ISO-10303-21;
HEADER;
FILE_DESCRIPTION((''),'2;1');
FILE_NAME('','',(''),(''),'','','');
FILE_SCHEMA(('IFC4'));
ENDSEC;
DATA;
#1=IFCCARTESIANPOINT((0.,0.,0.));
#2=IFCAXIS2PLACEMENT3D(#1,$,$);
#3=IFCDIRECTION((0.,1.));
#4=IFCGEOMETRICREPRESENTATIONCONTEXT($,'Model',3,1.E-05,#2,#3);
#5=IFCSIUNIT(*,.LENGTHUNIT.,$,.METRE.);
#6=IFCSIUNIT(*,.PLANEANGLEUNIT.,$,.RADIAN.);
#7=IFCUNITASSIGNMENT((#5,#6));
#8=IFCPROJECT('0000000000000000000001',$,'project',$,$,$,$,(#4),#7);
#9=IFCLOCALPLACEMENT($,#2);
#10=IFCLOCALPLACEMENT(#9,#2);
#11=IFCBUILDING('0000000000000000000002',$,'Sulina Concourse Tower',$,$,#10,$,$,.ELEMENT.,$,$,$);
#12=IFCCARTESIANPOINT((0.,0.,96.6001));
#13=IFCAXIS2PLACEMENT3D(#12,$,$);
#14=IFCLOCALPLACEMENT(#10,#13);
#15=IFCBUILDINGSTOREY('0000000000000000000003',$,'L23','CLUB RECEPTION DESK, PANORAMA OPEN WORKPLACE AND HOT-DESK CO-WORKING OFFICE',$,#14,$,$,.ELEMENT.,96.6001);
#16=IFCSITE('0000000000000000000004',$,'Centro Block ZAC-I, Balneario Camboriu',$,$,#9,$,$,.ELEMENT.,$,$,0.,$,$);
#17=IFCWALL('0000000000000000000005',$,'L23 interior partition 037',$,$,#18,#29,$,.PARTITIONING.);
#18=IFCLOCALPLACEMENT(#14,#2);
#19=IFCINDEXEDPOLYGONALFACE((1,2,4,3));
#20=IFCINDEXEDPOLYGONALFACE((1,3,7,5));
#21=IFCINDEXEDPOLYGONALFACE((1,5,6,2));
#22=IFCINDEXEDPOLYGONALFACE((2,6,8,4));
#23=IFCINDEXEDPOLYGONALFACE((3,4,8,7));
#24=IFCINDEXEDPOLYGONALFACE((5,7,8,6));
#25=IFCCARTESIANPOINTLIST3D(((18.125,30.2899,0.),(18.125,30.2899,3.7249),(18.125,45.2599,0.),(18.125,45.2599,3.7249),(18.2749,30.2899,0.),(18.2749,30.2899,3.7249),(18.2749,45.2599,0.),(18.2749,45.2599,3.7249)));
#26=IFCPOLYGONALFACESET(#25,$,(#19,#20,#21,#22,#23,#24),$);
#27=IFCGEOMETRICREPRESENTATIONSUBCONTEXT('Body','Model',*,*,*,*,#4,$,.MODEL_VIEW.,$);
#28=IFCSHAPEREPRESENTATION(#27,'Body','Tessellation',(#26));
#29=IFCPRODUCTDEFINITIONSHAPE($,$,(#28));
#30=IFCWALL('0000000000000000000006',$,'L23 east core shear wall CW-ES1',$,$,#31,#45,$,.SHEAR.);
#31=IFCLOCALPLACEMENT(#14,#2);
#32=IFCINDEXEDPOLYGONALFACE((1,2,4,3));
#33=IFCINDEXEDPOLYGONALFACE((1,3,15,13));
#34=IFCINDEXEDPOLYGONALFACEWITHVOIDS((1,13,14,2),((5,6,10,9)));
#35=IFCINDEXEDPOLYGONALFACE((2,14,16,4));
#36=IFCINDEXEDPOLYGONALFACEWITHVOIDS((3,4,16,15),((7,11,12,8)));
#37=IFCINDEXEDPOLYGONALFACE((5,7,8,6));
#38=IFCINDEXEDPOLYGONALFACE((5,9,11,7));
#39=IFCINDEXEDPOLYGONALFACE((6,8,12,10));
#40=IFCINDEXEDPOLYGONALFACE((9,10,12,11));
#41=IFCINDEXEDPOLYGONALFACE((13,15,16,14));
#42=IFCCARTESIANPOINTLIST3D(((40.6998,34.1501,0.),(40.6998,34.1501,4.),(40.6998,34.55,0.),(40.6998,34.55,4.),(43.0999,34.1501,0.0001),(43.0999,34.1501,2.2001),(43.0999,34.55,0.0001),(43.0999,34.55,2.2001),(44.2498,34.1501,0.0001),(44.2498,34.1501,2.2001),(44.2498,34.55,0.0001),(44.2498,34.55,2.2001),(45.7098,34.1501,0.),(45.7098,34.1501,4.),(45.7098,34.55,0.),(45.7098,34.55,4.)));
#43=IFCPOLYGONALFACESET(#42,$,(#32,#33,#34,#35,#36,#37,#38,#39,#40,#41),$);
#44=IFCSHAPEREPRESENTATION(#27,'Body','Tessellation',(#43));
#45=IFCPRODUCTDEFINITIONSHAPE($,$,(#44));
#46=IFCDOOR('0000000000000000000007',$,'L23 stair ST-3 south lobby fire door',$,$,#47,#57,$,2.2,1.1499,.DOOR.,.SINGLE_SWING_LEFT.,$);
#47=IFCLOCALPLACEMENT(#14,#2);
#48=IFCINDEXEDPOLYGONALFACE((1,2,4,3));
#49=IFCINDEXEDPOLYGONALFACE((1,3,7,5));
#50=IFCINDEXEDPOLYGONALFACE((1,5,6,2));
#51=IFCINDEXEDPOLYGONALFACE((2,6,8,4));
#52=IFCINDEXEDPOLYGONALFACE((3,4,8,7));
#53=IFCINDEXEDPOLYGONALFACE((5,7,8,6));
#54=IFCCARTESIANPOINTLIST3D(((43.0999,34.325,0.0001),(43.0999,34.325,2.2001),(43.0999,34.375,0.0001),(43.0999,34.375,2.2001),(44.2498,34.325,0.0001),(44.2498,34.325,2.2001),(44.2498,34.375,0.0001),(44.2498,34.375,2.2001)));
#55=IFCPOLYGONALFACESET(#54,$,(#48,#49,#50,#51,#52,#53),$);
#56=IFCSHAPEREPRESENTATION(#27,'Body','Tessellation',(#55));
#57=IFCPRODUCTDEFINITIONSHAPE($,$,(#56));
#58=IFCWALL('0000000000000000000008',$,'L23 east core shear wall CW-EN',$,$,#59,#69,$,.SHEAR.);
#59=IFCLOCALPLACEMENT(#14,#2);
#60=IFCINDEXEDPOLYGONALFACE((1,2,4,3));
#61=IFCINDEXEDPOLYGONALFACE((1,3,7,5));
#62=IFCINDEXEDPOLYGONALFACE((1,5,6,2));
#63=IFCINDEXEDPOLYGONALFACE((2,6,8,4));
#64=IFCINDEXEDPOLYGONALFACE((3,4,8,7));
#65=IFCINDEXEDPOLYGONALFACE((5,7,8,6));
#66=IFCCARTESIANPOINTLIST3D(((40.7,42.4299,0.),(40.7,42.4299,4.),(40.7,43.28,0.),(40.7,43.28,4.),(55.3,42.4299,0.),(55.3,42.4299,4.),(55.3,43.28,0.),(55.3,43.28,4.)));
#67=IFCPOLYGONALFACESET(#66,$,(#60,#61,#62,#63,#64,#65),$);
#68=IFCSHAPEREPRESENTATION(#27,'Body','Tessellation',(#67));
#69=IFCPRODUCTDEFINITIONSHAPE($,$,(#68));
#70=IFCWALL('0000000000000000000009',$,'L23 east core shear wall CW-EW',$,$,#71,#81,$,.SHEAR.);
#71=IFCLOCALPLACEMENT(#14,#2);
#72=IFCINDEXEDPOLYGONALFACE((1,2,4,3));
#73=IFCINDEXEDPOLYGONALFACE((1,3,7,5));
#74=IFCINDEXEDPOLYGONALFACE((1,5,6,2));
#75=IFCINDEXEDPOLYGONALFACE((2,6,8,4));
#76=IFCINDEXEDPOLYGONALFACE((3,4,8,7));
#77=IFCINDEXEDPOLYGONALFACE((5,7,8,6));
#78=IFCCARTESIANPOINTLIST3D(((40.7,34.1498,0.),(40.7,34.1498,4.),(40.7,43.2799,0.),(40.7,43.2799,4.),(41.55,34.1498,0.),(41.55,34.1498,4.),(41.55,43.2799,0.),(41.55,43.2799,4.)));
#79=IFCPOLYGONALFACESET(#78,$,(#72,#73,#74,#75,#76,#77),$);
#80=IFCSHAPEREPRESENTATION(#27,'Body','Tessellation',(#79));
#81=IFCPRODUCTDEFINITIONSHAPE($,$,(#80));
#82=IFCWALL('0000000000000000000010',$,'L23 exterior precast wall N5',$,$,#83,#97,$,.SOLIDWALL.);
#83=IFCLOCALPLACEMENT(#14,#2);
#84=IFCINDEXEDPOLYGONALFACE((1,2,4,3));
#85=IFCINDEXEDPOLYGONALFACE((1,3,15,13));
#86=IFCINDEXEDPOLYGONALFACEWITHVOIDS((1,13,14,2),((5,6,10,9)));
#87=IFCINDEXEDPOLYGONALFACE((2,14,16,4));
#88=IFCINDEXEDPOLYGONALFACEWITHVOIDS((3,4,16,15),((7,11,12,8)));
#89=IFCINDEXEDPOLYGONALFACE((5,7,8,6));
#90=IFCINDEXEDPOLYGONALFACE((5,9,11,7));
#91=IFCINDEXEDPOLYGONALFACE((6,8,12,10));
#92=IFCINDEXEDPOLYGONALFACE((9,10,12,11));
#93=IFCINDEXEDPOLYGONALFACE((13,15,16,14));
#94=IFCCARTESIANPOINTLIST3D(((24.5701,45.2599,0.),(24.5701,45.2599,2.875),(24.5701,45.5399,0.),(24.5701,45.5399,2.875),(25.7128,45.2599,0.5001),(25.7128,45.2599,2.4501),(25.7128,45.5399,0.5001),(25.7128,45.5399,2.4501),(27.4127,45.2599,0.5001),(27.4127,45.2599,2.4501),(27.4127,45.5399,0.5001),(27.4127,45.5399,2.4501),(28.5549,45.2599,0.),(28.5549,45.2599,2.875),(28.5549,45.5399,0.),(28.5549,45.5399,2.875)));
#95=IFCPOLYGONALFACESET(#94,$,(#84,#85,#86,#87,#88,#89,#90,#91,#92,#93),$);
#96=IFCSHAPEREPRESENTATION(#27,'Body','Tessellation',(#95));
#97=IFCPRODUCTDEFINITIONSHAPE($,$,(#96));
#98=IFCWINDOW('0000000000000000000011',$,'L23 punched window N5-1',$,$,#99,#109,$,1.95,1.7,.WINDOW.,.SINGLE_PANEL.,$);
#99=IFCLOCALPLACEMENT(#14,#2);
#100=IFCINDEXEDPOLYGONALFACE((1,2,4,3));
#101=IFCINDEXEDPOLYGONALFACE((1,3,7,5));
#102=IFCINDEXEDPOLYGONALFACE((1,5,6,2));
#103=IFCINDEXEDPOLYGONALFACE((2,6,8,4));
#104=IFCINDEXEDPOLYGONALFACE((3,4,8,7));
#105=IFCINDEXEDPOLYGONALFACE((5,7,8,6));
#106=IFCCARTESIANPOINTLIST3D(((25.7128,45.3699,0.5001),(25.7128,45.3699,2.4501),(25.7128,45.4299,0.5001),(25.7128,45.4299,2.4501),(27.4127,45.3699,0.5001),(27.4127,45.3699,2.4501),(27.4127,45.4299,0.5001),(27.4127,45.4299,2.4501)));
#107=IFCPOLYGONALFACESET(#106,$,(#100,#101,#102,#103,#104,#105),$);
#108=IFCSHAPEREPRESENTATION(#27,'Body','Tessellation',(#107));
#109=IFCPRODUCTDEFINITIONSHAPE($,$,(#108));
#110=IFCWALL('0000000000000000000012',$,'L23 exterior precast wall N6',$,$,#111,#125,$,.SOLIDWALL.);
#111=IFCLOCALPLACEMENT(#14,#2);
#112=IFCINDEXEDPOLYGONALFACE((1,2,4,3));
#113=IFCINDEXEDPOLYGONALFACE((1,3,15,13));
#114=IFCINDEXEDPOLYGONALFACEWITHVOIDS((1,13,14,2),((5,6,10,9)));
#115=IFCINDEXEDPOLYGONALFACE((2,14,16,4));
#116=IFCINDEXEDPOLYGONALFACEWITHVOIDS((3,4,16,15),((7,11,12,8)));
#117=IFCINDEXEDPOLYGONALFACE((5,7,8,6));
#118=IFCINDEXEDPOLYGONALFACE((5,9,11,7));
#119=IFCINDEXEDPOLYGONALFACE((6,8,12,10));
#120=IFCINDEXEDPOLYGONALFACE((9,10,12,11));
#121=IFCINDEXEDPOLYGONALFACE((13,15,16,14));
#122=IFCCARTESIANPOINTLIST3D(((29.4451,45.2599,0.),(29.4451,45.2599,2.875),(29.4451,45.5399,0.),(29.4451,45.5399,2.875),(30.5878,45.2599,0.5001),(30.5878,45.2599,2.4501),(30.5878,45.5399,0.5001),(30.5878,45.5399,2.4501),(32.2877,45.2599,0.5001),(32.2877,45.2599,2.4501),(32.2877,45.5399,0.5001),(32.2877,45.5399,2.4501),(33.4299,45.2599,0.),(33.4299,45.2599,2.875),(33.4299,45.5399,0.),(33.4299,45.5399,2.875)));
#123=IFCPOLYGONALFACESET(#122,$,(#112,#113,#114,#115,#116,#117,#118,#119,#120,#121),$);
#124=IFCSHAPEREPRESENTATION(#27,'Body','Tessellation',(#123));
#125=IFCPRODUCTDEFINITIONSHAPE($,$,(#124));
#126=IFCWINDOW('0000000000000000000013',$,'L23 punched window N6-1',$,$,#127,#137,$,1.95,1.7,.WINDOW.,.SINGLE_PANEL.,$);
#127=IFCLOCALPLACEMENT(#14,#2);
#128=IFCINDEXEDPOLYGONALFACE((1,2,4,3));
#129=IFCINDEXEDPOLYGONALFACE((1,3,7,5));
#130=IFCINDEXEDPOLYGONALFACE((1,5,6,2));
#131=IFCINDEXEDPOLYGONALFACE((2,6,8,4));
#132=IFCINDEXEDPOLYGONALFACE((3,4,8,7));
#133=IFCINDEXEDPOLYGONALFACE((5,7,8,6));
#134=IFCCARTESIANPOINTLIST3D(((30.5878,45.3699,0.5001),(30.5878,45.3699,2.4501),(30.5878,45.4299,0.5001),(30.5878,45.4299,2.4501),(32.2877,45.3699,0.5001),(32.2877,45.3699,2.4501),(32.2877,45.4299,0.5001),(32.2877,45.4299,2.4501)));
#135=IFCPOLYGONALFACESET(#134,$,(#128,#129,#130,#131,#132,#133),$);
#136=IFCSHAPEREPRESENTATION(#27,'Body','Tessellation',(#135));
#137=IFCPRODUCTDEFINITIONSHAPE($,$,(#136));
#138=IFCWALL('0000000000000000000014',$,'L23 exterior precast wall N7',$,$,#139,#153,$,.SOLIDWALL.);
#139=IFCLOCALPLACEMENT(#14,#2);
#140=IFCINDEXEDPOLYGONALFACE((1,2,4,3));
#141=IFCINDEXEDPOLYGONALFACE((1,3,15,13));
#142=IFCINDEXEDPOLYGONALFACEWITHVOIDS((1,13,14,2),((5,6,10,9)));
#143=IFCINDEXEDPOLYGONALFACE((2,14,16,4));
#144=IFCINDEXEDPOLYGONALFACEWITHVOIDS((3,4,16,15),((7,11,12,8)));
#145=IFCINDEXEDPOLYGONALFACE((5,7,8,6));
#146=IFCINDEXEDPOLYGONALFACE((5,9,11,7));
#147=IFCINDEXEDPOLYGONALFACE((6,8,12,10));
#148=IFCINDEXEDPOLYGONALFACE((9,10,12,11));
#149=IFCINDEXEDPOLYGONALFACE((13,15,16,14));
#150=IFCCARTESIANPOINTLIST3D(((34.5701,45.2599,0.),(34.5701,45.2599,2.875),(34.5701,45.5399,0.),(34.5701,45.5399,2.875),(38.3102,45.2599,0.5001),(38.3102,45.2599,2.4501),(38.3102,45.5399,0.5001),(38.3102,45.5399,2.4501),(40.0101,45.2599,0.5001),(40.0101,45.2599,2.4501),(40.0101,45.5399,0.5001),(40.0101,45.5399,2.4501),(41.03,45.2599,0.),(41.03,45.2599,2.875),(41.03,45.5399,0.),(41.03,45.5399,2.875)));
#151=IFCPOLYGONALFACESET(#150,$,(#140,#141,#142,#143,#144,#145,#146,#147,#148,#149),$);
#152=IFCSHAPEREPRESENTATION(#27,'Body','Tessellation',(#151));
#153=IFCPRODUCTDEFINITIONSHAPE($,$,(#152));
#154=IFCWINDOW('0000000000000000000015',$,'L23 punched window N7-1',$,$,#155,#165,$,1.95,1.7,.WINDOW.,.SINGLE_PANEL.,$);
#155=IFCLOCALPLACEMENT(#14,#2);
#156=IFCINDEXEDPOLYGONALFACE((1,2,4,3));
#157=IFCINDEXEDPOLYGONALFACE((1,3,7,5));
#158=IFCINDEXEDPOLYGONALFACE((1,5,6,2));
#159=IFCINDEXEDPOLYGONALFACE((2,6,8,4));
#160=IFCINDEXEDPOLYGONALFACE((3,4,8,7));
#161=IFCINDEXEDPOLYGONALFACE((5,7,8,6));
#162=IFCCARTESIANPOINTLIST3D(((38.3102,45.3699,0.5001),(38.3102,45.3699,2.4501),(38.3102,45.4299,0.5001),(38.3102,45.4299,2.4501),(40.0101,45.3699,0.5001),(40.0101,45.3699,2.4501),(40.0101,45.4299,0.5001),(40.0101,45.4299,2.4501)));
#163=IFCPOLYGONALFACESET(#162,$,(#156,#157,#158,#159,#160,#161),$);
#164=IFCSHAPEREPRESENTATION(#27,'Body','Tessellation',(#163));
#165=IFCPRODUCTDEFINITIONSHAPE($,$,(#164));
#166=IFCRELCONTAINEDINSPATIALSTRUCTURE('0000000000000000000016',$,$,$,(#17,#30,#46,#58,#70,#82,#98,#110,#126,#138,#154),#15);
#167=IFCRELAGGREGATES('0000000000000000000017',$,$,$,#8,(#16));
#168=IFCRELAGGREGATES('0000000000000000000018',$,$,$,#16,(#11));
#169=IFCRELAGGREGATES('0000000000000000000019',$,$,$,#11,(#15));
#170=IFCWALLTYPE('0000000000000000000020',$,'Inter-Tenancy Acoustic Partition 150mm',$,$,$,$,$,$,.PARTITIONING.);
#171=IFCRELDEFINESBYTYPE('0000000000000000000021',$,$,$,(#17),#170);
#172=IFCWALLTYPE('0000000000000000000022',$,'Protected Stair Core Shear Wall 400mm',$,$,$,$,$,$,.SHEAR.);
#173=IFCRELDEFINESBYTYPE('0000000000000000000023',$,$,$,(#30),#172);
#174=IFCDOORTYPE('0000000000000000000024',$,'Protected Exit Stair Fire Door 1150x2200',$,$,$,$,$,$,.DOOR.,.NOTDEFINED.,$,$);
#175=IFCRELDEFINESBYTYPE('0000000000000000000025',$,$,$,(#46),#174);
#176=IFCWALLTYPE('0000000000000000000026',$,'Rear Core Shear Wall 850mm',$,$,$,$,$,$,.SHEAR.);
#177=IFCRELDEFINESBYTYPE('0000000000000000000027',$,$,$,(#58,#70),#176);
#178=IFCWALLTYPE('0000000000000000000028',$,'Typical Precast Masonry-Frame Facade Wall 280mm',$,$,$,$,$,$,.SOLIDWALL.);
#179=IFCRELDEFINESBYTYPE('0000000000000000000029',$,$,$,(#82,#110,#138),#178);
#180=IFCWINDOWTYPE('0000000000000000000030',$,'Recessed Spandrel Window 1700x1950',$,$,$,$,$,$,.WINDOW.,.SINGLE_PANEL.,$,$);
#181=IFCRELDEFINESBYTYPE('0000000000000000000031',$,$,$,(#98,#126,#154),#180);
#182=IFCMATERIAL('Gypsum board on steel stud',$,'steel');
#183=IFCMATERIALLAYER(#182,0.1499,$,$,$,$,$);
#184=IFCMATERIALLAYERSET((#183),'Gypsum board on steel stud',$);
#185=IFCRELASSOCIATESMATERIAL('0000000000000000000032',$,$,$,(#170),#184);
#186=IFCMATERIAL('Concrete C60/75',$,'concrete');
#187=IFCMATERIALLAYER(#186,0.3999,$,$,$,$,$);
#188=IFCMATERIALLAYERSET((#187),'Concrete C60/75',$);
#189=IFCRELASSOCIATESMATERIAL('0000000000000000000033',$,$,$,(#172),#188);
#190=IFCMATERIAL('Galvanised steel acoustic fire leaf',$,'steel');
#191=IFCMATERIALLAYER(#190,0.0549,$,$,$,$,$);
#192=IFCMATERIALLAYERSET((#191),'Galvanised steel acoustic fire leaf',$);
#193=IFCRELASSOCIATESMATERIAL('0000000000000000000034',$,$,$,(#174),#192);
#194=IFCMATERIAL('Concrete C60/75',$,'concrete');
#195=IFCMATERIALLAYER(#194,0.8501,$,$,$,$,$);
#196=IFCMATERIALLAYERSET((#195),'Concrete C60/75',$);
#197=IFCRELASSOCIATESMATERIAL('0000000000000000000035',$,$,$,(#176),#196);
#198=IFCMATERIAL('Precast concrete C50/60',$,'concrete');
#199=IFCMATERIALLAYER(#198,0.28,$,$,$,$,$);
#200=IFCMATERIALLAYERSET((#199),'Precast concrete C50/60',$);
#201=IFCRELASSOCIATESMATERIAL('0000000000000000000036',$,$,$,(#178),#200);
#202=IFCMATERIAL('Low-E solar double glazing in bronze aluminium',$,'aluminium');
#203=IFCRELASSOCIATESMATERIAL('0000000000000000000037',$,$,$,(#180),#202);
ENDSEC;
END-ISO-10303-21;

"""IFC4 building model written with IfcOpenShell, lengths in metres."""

from ifc_helpers import new_model, si_unit, direction, frame, frame_2d, origin, place, context, subcontext, project, spatial, rectangle, extrude, material, layer, layer_set, type_object, element, fill, save


model = new_model("IFC4")

# Units and contexts
model_context = context("Model", 3, precision=1e-05, world=origin(), true_north=direction((0.0, 1.0)))
body_context = subcontext(model_context, "Body", "Model", "MODEL_VIEW")
ifc_project = project(units=[si_unit("LENGTHUNIT", "METRE"), si_unit("PLANEANGLEUNIT", "RADIAN")], contexts=[model_context])

# Site, building, storey
site_placement = place(None, origin())
site = spatial("IfcSite", under=ifc_project, at=site_placement, Name="Centro Block ZAC-I, Balneario Camboriu", CompositionType="ELEMENT", RefElevation=0.0)
building_placement = place(site_placement, origin())
building = spatial("IfcBuilding", under=site, at=building_placement, Name="Sulina Concourse Tower", CompositionType="ELEMENT")
storey_placement = place(building_placement, frame((0.0, 0.0, 96.6001)))
storey = spatial("IfcBuildingStorey", under=building, at=storey_placement, Name="L23", Description="CLUB RECEPTION DESK, PANORAMA OPEN WORKPLACE AND HOT-DESK CO-WORKING OFFICE", CompositionType="ELEMENT", Elevation=96.6001)

# Wall
ifc_material_1 = material(Name="Gypsum board on steel stud", Category="steel")
ifc_layer_1 = layer(ifc_material_1, 0.1499)
ifc_layer_set_1 = layer_set([ifc_layer_1], Name="Gypsum board on steel stud")
wall_type_1 = type_object("IfcWallType", Name="Inter-Tenancy Acoustic Partition 150mm", PredefinedType="PARTITIONING", material=ifc_layer_set_1)
wall_1_placement = place(storey_placement, frame((18.2, 30.29, 0.0), z_axis=(0.0, 0.0, 1.0), x_axis=(0.0, 1.0, 0.0)))
element("IfcWall", 1, at=wall_1_placement, inside=storey, type_object=wall_type_1, Name="L23 interior partition 037", PredefinedType="PARTITIONING", context=body_context, shape_type="SweptSolid", body=[
    extrude(rectangle(XDim=14.97, YDim=0.1499, at=frame_2d((7.4849, 0.0))), origin(), (0.0, 0.0, 1.0), 3.7249),
])

# Wall, opening, door
ifc_material_2 = material(Name="Concrete C60/75", Category="concrete")
ifc_layer_2 = layer(ifc_material_2, 0.3999)
ifc_layer_set_2 = layer_set([ifc_layer_2], Name="Concrete C60/75")
wall_type_2 = type_object("IfcWallType", Name="Protected Stair Core Shear Wall 400mm", PredefinedType="SHEAR", material=ifc_layer_set_2)
wall_2_placement = place(storey_placement, frame((40.7, 34.3501, 0.0), z_axis=(0.0, 0.0, 1.0), x_axis=(1.0, 0.0, 0.0)))
wall_2 = element("IfcWall", 2, at=wall_2_placement, inside=storey, type_object=wall_type_2, Name="L23 east core shear wall CW-ES1", PredefinedType="SHEAR", context=body_context, shape_type="SweptSolid", body=[
    extrude(rectangle(XDim=5.01, YDim=0.3999, at=frame_2d((2.5049, 0.0))), origin(), (0.0, 0.0, 1.0), 4.0),
])
opening_1_placement = place(wall_2_placement, frame((2.3999, 0.0, 0.0)))
opening_1 = element("IfcOpeningElement", 3, at=opening_1_placement, cuts=wall_2, PredefinedType="OPENING", context=body_context, shape_type="SweptSolid", body=[
    extrude(rectangle(XDim=1.1499, YDim=2.2, at=frame_2d((0.575, 1.1001))), frame((0.0, 0.21, 0.0), z_axis=(0.0, -1.0, 0.0), x_axis=(1.0, 0.0, 0.0)), (0.0, 0.0, 1.0), 0.4199),
])
ifc_material_3 = material(Name="Galvanised steel acoustic fire leaf", Category="steel")
ifc_layer_3 = layer(ifc_material_3, 0.0549)
ifc_layer_set_3 = layer_set([ifc_layer_3], Name="Galvanised steel acoustic fire leaf")
door_type = type_object("IfcDoorType", Name="Protected Exit Stair Fire Door 1150x2200", OperationType="NOTDEFINED", PredefinedType="DOOR", material=ifc_layer_set_3)
door_placement = place(opening_1_placement, origin())
door = element("IfcDoor", 4, at=door_placement, inside=storey, type_object=door_type, Name="L23 stair ST-3 south lobby fire door", OperationType="SINGLE_SWING_LEFT", OverallHeight=2.2, OverallWidth=1.1499, PredefinedType="DOOR", context=body_context, shape_type="SweptSolid", body=[
    extrude(rectangle(XDim=1.1499, YDim=2.2, at=frame_2d((0.575, 1.1001))), frame((0.0, 0.0249, 0.0), z_axis=(0.0, -1.0, 0.0), x_axis=(1.0, 0.0, 0.0)), (0.0, 0.0, 1.0), 0.05),
])
fill(opening_1, door)

# Walls
ifc_material_4 = material(Name="Concrete C60/75", Category="concrete")
ifc_layer_4 = layer(ifc_material_4, 0.8501)
ifc_layer_set_4 = layer_set([ifc_layer_4], Name="Concrete C60/75")
wall_type_3 = type_object("IfcWallType", Name="Rear Core Shear Wall 850mm", PredefinedType="SHEAR", material=ifc_layer_set_4)
wall_3_placement = place(storey_placement, frame((40.7, 42.855, 0.0), z_axis=(0.0, 0.0, 1.0), x_axis=(1.0, 0.0, 0.0)))
element("IfcWall", 5, at=wall_3_placement, inside=storey, type_object=wall_type_3, Name="L23 east core shear wall CW-EN", PredefinedType="SHEAR", context=body_context, shape_type="SweptSolid", body=[
    extrude(rectangle(XDim=14.6001, YDim=0.8501, at=frame_2d((7.3, 0.0))), origin(), (0.0, 0.0, 1.0), 4.0),
])
wall_4_placement = place(storey_placement, frame((41.125, 34.1499, 0.0), z_axis=(0.0, 0.0, 1.0), x_axis=(0.0, 1.0, 0.0)))
element("IfcWall", 6, at=wall_4_placement, inside=storey, type_object=wall_type_3, Name="L23 east core shear wall CW-EW", PredefinedType="SHEAR", context=body_context, shape_type="SweptSolid", body=[
    extrude(rectangle(XDim=9.1301, YDim=0.8501, at=frame_2d((4.5649, 0.0))), origin(), (0.0, 0.0, 1.0), 4.0),
])

# Walls, openings, windows
ifc_material_5 = material(Name="Precast concrete C50/60", Category="concrete")
ifc_layer_5 = layer(ifc_material_5, 0.28)
ifc_layer_set_5 = layer_set([ifc_layer_5], Name="Precast concrete C50/60")
wall_type_4 = type_object("IfcWallType", Name="Typical Precast Masonry-Frame Facade Wall 280mm", PredefinedType="SOLIDWALL", material=ifc_layer_set_5)
wall_5_placement = place(storey_placement, frame((24.5701, 45.3999, 0.0), z_axis=(0.0, 0.0, 1.0), x_axis=(1.0, 0.0, 0.0)))
wall_5 = element("IfcWall", 7, at=wall_5_placement, inside=storey, type_object=wall_type_4, Name="L23 exterior precast wall N5", PredefinedType="SOLIDWALL", context=body_context, shape_type="SweptSolid", body=[
    extrude(rectangle(XDim=3.9849, YDim=0.28, at=frame_2d((1.9924, 0.0))), origin(), (0.0, 0.0, 1.0), 2.875),
])
opening_2_placement = place(wall_5_placement, frame((1.1426, 0.0, 0.5)))
opening_2 = element("IfcOpeningElement", 8, at=opening_2_placement, cuts=wall_5, PredefinedType="OPENING", context=body_context, shape_type="SweptSolid", body=[
    extrude(rectangle(XDim=1.7, YDim=1.95, at=frame_2d((0.8501, 0.9751))), frame((0.0, 0.1499, 0.0), z_axis=(0.0, -1.0, 0.0), x_axis=(1.0, 0.0, 0.0)), (0.0, 0.0, 1.0), 0.3),
])
ifc_material_6 = material(Name="Low-E solar double glazing in bronze aluminium", Category="aluminium")
window_type = type_object("IfcWindowType", Name="Recessed Spandrel Window 1700x1950", PartitioningType="SINGLE_PANEL", PredefinedType="WINDOW", material=ifc_material_6)
window_1_placement = place(opening_2_placement, origin())
window_1 = element("IfcWindow", 9, at=window_1_placement, inside=storey, type_object=window_type, Name="L23 punched window N5-1", OverallHeight=1.95, OverallWidth=1.7, PartitioningType="SINGLE_PANEL", PredefinedType="WINDOW", context=body_context, shape_type="SweptSolid", body=[
    extrude(rectangle(XDim=1.7, YDim=1.95, at=frame_2d((0.8501, 0.9751))), frame((0.0, 0.03, 0.0), z_axis=(0.0, -1.0, 0.0), x_axis=(1.0, 0.0, 0.0)), (0.0, 0.0, 1.0), 0.0601),
])
fill(opening_2, window_1)
wall_6_placement = place(storey_placement, frame((29.4451, 45.3999, 0.0), z_axis=(0.0, 0.0, 1.0), x_axis=(1.0, 0.0, 0.0)))
wall_6 = element("IfcWall", 10, at=wall_6_placement, inside=storey, type_object=wall_type_4, Name="L23 exterior precast wall N6", PredefinedType="SOLIDWALL", context=body_context, shape_type="SweptSolid", body=[
    extrude(rectangle(XDim=3.9849, YDim=0.28, at=frame_2d((1.9924, 0.0))), origin(), (0.0, 0.0, 1.0), 2.875),
])
opening_3_placement = place(wall_6_placement, frame((1.1426, 0.0, 0.5)))
opening_3 = element("IfcOpeningElement", 11, at=opening_3_placement, cuts=wall_6, PredefinedType="OPENING", context=body_context, shape_type="SweptSolid", body=[
    extrude(rectangle(XDim=1.7, YDim=1.95, at=frame_2d((0.8501, 0.9751))), frame((0.0, 0.1499, 0.0), z_axis=(0.0, -1.0, 0.0), x_axis=(1.0, 0.0, 0.0)), (0.0, 0.0, 1.0), 0.3),
])
window_2_placement = place(opening_3_placement, origin())
window_2 = element("IfcWindow", 12, at=window_2_placement, inside=storey, type_object=window_type, Name="L23 punched window N6-1", OverallHeight=1.95, OverallWidth=1.7, PartitioningType="SINGLE_PANEL", PredefinedType="WINDOW", context=body_context, shape_type="SweptSolid", body=[
    extrude(rectangle(XDim=1.7, YDim=1.95, at=frame_2d((0.8501, 0.9751))), frame((0.0, 0.03, 0.0), z_axis=(0.0, -1.0, 0.0), x_axis=(1.0, 0.0, 0.0)), (0.0, 0.0, 1.0), 0.0601),
])
fill(opening_3, window_2)
wall_7_placement = place(storey_placement, frame((34.5701, 45.3999, 0.0), z_axis=(0.0, 0.0, 1.0), x_axis=(1.0, 0.0, 0.0)))
wall_7 = element("IfcWall", 13, at=wall_7_placement, inside=storey, type_object=wall_type_4, Name="L23 exterior precast wall N7", PredefinedType="SOLIDWALL", context=body_context, shape_type="SweptSolid", body=[
    extrude(rectangle(XDim=6.46, YDim=0.28, at=frame_2d((3.23, 0.0))), origin(), (0.0, 0.0, 1.0), 2.875),
])
opening_4_placement = place(wall_7_placement, frame((3.74, 0.0, 0.5)))
opening_4 = element("IfcOpeningElement", 14, at=opening_4_placement, cuts=wall_7, PredefinedType="OPENING", context=body_context, shape_type="SweptSolid", body=[
    extrude(rectangle(XDim=1.7, YDim=1.95, at=frame_2d((0.8501, 0.9751))), frame((0.0, 0.1499, 0.0), z_axis=(0.0, -1.0, 0.0), x_axis=(1.0, 0.0, 0.0)), (0.0, 0.0, 1.0), 0.3),
])
window_3_placement = place(opening_4_placement, origin())
window_3 = element("IfcWindow", 15, at=window_3_placement, inside=storey, type_object=window_type, Name="L23 punched window N7-1", OverallHeight=1.95, OverallWidth=1.7, PartitioningType="SINGLE_PANEL", PredefinedType="WINDOW", context=body_context, shape_type="SweptSolid", body=[
    extrude(rectangle(XDim=1.7, YDim=1.95, at=frame_2d((0.8501, 0.9751))), frame((0.0, 0.03, 0.0), z_axis=(0.0, -1.0, 0.0), x_axis=(1.0, 0.0, 0.0)), (0.0, 0.0, 1.0), 0.0601),
])
fill(opening_4, window_3)

save(model, "model.ifc")
